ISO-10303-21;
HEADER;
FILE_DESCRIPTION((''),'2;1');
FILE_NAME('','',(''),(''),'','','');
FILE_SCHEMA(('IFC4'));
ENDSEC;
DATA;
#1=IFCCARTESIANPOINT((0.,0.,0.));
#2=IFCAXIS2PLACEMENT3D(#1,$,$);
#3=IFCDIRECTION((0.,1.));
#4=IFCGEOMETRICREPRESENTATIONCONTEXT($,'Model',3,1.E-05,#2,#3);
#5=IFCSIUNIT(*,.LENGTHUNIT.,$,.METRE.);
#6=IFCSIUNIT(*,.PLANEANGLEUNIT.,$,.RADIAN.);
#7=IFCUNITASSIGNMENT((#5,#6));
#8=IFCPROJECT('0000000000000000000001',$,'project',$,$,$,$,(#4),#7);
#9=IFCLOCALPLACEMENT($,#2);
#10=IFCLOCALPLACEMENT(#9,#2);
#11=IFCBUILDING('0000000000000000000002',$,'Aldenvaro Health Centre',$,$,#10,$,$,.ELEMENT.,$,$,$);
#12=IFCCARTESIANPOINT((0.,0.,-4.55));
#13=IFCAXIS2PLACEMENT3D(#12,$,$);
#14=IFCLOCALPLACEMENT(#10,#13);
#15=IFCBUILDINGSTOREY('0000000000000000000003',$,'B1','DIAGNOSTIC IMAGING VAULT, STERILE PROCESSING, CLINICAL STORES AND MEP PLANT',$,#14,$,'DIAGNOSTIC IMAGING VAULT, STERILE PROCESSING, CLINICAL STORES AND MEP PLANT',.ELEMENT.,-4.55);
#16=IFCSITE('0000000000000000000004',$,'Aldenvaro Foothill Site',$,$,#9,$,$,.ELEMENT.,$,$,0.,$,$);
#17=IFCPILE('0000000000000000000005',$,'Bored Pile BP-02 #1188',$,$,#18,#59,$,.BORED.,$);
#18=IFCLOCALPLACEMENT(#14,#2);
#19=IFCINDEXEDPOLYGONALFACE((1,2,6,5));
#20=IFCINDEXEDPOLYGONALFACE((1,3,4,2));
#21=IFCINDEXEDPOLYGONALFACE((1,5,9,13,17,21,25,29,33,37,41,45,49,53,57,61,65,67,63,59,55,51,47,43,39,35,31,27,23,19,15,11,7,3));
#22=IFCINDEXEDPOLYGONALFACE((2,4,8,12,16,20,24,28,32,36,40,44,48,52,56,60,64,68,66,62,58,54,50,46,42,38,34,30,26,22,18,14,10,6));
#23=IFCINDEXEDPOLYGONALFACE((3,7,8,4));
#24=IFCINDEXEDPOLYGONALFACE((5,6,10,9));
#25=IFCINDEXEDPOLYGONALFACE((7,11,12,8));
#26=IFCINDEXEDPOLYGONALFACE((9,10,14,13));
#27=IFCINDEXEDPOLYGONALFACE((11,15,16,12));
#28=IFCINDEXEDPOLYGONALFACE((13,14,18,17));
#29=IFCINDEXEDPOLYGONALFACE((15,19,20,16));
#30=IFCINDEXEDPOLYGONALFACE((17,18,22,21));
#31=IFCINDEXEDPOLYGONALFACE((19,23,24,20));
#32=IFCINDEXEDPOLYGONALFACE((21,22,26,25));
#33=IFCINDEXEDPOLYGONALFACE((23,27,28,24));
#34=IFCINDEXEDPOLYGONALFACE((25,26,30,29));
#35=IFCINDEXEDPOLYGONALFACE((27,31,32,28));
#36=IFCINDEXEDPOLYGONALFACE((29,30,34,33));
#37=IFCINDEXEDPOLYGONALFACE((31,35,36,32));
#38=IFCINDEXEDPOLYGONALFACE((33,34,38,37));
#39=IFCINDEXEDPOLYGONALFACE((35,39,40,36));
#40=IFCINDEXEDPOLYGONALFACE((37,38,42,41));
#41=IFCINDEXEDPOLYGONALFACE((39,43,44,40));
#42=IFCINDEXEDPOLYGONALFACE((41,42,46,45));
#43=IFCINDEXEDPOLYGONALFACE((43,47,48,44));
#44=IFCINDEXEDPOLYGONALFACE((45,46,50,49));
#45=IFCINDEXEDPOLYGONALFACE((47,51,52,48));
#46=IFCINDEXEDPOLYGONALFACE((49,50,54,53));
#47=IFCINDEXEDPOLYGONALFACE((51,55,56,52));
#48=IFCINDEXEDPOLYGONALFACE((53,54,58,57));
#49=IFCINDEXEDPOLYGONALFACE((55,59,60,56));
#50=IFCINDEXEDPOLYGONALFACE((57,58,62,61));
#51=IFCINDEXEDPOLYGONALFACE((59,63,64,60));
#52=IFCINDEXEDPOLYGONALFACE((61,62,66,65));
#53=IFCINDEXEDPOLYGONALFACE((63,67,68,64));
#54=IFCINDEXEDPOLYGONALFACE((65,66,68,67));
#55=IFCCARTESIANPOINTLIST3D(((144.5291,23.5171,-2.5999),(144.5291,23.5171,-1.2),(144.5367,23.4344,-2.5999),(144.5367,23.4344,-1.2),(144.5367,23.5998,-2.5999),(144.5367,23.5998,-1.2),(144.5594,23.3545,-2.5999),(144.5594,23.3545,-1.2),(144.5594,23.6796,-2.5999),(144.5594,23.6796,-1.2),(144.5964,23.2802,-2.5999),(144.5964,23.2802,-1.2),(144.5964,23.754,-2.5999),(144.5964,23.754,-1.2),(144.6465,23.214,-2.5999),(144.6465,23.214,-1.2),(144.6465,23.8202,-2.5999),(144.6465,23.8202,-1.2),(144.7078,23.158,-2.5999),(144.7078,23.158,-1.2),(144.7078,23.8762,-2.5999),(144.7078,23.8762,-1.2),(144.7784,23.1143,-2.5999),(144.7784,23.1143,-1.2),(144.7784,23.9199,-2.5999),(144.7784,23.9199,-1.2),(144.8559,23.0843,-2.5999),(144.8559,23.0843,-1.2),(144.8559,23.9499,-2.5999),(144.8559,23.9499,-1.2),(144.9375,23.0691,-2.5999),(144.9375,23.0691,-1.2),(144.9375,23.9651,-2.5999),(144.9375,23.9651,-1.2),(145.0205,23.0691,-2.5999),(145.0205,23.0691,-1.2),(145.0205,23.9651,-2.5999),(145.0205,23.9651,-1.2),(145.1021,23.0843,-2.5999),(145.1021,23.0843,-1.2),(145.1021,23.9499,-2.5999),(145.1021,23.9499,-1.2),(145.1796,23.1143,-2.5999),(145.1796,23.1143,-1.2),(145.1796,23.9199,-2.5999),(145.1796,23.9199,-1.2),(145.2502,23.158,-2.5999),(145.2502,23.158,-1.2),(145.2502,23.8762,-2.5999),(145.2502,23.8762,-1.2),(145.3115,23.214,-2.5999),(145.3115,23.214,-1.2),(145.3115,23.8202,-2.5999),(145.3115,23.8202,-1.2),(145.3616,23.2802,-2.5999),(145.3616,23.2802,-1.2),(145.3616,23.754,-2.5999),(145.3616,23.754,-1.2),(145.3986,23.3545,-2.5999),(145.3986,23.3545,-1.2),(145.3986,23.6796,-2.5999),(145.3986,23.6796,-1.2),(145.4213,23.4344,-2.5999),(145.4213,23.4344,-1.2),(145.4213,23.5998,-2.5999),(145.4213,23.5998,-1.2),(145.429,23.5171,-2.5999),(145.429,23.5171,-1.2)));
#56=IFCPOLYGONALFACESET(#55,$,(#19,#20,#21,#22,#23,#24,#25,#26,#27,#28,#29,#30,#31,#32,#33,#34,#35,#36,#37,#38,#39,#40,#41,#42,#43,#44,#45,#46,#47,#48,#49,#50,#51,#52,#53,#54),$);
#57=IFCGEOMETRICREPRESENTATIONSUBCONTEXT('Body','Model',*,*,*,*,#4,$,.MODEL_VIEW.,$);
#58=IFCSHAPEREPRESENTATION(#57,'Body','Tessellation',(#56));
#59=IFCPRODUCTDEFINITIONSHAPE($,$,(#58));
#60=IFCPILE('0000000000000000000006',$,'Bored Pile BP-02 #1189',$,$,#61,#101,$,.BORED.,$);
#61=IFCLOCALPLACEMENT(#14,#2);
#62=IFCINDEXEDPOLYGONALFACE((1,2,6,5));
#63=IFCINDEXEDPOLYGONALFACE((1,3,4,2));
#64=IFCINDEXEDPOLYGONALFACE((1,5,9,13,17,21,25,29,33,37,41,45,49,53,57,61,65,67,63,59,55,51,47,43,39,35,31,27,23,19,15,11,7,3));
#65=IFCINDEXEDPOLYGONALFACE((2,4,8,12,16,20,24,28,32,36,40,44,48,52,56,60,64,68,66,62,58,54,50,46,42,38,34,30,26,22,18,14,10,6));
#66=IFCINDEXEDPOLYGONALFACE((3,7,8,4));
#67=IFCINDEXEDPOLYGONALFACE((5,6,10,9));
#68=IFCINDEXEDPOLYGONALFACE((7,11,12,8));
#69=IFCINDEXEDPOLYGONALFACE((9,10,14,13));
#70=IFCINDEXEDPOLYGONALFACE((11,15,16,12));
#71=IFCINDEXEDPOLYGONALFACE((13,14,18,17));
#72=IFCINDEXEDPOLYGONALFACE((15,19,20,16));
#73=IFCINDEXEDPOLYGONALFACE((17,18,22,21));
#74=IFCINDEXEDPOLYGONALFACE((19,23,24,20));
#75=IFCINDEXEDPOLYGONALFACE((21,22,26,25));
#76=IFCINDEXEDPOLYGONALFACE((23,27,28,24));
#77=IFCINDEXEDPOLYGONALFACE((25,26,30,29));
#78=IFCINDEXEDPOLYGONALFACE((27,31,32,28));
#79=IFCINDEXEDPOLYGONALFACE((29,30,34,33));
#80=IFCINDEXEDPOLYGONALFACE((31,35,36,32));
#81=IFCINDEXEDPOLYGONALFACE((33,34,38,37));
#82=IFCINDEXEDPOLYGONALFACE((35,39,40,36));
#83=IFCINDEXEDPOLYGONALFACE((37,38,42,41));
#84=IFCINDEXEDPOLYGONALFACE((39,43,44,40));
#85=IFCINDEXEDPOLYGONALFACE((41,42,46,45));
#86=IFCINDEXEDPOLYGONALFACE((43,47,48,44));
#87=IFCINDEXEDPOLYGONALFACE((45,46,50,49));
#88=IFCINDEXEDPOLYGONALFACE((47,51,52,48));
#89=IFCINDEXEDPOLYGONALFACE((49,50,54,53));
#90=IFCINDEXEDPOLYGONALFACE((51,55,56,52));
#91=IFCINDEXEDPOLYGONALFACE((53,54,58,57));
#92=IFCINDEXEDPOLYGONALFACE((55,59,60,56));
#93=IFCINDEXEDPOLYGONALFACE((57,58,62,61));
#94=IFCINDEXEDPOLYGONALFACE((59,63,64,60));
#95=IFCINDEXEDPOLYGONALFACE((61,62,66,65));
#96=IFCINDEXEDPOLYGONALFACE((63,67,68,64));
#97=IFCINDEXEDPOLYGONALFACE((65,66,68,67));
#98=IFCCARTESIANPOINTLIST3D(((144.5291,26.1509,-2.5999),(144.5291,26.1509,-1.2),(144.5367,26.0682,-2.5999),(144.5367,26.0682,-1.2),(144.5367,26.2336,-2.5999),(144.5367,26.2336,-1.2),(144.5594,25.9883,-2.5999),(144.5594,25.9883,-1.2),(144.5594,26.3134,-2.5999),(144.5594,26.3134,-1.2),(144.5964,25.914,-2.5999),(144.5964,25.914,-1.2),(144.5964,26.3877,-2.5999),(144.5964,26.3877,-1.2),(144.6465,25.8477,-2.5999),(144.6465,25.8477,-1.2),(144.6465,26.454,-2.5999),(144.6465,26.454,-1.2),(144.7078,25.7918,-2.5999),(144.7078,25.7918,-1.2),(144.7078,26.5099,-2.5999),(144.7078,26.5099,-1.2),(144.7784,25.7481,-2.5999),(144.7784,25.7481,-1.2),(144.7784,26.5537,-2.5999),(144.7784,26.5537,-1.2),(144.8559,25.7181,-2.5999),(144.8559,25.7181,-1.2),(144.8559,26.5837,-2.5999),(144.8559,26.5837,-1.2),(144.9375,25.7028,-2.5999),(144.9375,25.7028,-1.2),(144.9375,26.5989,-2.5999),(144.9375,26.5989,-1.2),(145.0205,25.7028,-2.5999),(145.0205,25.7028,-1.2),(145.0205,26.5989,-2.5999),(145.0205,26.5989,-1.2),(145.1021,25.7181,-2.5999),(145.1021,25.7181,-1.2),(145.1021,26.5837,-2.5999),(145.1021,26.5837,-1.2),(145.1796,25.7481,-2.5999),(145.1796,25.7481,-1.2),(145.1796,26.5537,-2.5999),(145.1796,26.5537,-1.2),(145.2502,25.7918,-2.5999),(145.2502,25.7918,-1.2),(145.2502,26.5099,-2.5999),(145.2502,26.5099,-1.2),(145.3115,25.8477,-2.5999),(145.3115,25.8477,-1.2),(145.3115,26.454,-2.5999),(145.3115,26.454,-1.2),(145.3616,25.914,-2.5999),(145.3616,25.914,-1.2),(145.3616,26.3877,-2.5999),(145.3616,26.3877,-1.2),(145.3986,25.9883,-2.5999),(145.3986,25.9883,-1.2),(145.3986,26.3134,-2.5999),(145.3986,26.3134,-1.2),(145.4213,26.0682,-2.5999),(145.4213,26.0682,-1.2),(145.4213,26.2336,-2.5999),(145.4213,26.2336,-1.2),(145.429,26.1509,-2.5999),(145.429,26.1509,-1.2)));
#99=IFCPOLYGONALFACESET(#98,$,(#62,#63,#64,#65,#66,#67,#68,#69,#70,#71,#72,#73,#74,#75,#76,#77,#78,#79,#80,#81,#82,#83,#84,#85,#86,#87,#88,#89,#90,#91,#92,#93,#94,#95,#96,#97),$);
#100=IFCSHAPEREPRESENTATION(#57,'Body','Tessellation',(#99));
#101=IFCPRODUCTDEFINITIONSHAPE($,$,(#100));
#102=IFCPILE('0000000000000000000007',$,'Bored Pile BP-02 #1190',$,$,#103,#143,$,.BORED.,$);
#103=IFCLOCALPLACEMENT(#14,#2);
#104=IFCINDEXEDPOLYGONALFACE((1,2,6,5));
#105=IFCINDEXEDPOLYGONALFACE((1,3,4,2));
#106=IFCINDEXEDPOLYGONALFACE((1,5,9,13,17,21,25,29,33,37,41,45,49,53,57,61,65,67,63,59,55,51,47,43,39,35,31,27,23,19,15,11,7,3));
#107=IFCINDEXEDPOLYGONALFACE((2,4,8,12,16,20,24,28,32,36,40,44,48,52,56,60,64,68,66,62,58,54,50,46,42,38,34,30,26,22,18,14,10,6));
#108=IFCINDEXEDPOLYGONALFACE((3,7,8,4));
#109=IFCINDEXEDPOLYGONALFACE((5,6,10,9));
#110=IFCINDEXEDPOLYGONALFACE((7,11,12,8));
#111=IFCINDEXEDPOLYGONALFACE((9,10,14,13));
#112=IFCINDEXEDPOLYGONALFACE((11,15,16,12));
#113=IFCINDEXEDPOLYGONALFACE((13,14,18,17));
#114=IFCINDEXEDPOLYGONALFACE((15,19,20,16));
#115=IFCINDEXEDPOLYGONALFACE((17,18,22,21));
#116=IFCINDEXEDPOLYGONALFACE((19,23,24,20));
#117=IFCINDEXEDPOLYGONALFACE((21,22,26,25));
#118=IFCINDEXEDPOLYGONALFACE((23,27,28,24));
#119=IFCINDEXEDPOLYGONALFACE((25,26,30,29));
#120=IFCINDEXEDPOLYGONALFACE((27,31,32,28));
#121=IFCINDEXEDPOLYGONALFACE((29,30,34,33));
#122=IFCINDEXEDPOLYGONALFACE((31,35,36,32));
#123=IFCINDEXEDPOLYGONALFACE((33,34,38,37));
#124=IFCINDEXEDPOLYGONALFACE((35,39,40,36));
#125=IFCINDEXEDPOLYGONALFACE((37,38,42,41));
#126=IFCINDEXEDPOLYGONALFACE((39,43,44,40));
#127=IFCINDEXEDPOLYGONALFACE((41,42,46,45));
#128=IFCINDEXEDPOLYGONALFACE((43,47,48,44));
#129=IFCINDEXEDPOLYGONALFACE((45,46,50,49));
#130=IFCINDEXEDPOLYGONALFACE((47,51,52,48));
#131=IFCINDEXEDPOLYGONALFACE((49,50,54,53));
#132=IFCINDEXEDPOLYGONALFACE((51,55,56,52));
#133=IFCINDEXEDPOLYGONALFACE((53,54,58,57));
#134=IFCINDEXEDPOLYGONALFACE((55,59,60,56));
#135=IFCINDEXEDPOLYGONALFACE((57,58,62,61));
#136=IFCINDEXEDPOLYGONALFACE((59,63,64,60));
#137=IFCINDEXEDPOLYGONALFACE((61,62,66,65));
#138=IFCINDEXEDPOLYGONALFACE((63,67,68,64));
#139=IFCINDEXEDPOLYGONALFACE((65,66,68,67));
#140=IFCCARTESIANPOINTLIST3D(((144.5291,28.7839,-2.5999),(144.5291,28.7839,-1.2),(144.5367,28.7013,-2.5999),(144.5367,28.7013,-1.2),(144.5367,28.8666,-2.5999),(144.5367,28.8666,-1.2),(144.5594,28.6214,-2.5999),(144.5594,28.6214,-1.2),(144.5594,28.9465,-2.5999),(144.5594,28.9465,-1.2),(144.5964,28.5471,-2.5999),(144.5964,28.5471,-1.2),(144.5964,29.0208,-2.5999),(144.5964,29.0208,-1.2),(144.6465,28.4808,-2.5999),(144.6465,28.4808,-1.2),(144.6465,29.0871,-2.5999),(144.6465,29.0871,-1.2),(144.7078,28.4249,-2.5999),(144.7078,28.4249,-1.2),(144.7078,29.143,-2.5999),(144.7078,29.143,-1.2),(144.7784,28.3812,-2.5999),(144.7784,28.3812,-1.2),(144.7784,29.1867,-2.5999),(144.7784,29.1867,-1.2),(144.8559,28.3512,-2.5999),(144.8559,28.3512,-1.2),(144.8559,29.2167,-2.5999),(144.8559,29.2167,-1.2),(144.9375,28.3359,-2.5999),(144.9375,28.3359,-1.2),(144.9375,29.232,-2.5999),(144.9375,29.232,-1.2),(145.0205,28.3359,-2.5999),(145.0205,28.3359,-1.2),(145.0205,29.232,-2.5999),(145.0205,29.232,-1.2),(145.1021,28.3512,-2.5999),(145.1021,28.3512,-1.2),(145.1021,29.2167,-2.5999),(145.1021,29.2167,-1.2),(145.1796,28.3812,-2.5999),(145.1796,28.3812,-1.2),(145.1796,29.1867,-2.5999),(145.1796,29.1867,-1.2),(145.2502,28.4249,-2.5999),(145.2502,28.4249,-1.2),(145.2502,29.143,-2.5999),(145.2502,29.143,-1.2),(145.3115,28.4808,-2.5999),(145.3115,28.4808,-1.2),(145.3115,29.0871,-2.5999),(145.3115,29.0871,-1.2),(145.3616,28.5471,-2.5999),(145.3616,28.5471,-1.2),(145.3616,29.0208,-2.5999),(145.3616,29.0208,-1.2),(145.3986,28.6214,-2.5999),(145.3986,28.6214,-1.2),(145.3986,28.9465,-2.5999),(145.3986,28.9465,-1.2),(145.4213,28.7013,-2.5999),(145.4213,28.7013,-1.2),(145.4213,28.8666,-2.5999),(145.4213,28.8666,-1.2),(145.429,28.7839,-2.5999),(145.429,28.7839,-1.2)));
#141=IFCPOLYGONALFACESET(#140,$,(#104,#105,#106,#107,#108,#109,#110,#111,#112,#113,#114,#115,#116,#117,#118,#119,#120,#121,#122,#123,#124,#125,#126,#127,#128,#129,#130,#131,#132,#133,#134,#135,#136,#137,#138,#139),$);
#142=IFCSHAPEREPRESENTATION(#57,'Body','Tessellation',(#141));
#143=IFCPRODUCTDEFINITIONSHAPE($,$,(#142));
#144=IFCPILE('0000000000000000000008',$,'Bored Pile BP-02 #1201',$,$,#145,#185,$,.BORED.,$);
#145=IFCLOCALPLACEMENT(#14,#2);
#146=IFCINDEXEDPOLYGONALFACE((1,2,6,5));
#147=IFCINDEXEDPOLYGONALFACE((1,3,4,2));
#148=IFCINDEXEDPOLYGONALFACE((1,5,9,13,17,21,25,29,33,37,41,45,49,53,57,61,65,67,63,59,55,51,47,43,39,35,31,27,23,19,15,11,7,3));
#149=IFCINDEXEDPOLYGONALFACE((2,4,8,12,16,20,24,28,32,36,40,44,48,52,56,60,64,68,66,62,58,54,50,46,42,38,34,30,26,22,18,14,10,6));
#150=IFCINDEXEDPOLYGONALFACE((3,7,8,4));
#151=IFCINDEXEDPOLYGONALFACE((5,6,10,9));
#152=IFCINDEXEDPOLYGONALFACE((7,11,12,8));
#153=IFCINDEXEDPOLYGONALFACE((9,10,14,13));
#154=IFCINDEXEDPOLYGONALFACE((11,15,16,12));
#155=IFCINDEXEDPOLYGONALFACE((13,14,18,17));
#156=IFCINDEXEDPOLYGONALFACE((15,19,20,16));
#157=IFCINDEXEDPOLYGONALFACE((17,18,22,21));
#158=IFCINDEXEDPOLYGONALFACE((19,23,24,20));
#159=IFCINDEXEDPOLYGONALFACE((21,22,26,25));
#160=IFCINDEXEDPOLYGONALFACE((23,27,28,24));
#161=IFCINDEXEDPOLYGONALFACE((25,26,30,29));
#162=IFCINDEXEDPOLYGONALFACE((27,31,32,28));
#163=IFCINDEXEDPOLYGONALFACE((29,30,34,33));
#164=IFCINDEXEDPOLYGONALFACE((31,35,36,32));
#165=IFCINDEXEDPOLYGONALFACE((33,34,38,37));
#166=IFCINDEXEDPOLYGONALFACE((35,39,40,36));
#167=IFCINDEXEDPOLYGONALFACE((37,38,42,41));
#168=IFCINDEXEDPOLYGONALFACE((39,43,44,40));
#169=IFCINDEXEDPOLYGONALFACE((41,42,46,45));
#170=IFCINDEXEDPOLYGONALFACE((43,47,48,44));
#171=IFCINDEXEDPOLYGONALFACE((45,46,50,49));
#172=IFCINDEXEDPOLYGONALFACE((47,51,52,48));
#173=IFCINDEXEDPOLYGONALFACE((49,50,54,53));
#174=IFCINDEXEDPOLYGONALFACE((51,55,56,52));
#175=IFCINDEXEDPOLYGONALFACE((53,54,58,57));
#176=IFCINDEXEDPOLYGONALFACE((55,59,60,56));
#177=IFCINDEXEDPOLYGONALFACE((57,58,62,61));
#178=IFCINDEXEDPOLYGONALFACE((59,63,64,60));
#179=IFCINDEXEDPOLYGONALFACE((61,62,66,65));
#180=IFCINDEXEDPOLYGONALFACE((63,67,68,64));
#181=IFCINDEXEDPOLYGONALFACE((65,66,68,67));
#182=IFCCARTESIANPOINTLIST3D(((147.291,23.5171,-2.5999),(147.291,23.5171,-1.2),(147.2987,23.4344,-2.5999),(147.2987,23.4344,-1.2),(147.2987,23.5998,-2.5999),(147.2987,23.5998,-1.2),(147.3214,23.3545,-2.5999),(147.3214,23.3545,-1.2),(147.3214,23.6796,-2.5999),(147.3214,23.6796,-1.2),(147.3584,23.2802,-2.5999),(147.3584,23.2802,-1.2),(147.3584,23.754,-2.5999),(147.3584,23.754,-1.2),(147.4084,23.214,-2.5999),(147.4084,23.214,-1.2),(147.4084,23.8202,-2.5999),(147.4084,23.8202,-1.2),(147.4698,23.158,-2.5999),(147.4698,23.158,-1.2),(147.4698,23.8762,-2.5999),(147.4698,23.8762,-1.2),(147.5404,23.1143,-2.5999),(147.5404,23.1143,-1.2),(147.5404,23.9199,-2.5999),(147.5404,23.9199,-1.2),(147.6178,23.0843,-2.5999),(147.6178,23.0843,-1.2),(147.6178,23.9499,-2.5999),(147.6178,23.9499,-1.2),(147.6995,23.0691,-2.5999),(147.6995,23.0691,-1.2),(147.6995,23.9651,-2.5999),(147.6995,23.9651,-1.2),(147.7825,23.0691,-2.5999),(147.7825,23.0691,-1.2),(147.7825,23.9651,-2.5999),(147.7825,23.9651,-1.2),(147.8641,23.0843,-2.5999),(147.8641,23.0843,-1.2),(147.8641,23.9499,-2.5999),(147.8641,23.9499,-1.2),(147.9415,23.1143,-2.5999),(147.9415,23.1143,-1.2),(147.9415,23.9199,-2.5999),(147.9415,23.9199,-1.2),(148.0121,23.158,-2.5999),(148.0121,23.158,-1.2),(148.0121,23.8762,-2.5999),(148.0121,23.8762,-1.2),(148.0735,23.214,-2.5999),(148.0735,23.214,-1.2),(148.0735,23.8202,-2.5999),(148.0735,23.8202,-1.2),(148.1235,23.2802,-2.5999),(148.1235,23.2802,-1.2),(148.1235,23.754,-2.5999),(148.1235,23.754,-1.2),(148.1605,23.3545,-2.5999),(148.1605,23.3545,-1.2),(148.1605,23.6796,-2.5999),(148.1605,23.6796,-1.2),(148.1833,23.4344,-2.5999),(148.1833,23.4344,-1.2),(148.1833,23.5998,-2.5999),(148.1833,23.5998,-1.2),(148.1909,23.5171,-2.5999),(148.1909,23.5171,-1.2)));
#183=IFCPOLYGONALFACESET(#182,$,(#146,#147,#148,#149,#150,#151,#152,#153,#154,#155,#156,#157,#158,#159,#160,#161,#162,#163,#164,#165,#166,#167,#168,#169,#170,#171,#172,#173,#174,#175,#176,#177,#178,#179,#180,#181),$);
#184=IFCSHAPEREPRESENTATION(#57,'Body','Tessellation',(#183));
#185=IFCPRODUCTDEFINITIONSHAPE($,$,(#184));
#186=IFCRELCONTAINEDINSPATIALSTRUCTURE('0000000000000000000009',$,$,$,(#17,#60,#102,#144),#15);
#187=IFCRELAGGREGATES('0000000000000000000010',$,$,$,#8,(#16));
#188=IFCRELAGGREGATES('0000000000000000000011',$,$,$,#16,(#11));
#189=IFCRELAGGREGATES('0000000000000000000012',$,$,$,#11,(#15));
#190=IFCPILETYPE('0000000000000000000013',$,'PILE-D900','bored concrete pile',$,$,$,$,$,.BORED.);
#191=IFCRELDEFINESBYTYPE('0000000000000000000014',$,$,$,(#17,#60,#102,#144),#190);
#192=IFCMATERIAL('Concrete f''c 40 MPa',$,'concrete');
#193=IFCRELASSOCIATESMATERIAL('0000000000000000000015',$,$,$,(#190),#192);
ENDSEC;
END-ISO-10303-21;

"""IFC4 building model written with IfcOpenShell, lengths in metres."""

from ifc_helpers import new_model, si_unit, direction, frame, origin, origin_2d, place, context, subcontext, project, spatial, circle, extrude, material, material_profile, profile_set, type_object, element, save


model = new_model("IFC4")

# Units and contexts
model_context = context("Model", 3, precision=1e-05, world=origin(), true_north=direction((0.0, 1.0)))
body_context = subcontext(model_context, "Body", "Model", "MODEL_VIEW")
ifc_project = project(units=[si_unit("LENGTHUNIT", "METRE"), si_unit("PLANEANGLEUNIT", "RADIAN")], contexts=[model_context])

# Site, building, storey
site_placement = place(None, origin())
site = spatial("IfcSite", under=ifc_project, at=site_placement, Name="Aldenvaro Foothill Site", CompositionType="ELEMENT", RefElevation=0.0)
building_placement = place(site_placement, origin())
building = spatial("IfcBuilding", under=site, at=building_placement, Name="Aldenvaro Health Centre", CompositionType="ELEMENT")
storey_placement = place(building_placement, frame((0.0, 0.0, -4.55)))
storey = spatial("IfcBuildingStorey", under=building, at=storey_placement, Name="B1", Description="DIAGNOSTIC IMAGING VAULT, STERILE PROCESSING, CLINICAL STORES AND MEP PLANT", LongName="DIAGNOSTIC IMAGING VAULT, STERILE PROCESSING, CLINICAL STORES AND MEP PLANT", CompositionType="ELEMENT", Elevation=-4.55)

# Piles
ifc_material_1 = material(Name="Concrete f'c 40 MPa", Category="concrete")
ifc_material_profile_1 = material_profile(ifc_material_1, circle(Radius=0.45, at=origin_2d()), Name="PILE D900", Category="concrete")
ifc_profile_set_1 = profile_set([ifc_material_profile_1], Name="Concrete f'c 40 MPa")
pile_type = type_object("IfcPileType", Name="PILE-D900", Description="bored concrete pile", PredefinedType="BORED", material=ifc_profile_set_1)
for number, where, z_axis, x_axis, name in (
    (1, (144.979, 23.5171, -1.2), (0.0, 0.0, -1.0), (1.0, 0.0, 0.0), "Bored Pile BP-02 #1188"),
    (2, (144.979, 26.1509, -1.2), (0.0, 0.0, -1.0), (1.0, 0.0, 0.0), "Bored Pile BP-02 #1189"),
    (3, (144.979, 28.7839, -1.2), (0.0, 0.0, -1.0), (1.0, 0.0, 0.0), "Bored Pile BP-02 #1190"),
    (4, (147.741, 23.5171, -1.2), (0.0, 0.0, -1.0), (1.0, 0.0, 0.0), "Bored Pile BP-02 #1201"),
):
    element("IfcPile", number, at=place(storey_placement, frame(where, z_axis=z_axis, x_axis=x_axis)), inside=storey, type_object=pile_type, Name=name, PredefinedType="BORED", context=body_context, shape_type="SweptSolid", body=[
        extrude(circle(Radius=0.45, at=origin_2d()), origin(), (0.0, 0.0, 1.0), 1.3999),
    ])

save(model, "model.ifc")
